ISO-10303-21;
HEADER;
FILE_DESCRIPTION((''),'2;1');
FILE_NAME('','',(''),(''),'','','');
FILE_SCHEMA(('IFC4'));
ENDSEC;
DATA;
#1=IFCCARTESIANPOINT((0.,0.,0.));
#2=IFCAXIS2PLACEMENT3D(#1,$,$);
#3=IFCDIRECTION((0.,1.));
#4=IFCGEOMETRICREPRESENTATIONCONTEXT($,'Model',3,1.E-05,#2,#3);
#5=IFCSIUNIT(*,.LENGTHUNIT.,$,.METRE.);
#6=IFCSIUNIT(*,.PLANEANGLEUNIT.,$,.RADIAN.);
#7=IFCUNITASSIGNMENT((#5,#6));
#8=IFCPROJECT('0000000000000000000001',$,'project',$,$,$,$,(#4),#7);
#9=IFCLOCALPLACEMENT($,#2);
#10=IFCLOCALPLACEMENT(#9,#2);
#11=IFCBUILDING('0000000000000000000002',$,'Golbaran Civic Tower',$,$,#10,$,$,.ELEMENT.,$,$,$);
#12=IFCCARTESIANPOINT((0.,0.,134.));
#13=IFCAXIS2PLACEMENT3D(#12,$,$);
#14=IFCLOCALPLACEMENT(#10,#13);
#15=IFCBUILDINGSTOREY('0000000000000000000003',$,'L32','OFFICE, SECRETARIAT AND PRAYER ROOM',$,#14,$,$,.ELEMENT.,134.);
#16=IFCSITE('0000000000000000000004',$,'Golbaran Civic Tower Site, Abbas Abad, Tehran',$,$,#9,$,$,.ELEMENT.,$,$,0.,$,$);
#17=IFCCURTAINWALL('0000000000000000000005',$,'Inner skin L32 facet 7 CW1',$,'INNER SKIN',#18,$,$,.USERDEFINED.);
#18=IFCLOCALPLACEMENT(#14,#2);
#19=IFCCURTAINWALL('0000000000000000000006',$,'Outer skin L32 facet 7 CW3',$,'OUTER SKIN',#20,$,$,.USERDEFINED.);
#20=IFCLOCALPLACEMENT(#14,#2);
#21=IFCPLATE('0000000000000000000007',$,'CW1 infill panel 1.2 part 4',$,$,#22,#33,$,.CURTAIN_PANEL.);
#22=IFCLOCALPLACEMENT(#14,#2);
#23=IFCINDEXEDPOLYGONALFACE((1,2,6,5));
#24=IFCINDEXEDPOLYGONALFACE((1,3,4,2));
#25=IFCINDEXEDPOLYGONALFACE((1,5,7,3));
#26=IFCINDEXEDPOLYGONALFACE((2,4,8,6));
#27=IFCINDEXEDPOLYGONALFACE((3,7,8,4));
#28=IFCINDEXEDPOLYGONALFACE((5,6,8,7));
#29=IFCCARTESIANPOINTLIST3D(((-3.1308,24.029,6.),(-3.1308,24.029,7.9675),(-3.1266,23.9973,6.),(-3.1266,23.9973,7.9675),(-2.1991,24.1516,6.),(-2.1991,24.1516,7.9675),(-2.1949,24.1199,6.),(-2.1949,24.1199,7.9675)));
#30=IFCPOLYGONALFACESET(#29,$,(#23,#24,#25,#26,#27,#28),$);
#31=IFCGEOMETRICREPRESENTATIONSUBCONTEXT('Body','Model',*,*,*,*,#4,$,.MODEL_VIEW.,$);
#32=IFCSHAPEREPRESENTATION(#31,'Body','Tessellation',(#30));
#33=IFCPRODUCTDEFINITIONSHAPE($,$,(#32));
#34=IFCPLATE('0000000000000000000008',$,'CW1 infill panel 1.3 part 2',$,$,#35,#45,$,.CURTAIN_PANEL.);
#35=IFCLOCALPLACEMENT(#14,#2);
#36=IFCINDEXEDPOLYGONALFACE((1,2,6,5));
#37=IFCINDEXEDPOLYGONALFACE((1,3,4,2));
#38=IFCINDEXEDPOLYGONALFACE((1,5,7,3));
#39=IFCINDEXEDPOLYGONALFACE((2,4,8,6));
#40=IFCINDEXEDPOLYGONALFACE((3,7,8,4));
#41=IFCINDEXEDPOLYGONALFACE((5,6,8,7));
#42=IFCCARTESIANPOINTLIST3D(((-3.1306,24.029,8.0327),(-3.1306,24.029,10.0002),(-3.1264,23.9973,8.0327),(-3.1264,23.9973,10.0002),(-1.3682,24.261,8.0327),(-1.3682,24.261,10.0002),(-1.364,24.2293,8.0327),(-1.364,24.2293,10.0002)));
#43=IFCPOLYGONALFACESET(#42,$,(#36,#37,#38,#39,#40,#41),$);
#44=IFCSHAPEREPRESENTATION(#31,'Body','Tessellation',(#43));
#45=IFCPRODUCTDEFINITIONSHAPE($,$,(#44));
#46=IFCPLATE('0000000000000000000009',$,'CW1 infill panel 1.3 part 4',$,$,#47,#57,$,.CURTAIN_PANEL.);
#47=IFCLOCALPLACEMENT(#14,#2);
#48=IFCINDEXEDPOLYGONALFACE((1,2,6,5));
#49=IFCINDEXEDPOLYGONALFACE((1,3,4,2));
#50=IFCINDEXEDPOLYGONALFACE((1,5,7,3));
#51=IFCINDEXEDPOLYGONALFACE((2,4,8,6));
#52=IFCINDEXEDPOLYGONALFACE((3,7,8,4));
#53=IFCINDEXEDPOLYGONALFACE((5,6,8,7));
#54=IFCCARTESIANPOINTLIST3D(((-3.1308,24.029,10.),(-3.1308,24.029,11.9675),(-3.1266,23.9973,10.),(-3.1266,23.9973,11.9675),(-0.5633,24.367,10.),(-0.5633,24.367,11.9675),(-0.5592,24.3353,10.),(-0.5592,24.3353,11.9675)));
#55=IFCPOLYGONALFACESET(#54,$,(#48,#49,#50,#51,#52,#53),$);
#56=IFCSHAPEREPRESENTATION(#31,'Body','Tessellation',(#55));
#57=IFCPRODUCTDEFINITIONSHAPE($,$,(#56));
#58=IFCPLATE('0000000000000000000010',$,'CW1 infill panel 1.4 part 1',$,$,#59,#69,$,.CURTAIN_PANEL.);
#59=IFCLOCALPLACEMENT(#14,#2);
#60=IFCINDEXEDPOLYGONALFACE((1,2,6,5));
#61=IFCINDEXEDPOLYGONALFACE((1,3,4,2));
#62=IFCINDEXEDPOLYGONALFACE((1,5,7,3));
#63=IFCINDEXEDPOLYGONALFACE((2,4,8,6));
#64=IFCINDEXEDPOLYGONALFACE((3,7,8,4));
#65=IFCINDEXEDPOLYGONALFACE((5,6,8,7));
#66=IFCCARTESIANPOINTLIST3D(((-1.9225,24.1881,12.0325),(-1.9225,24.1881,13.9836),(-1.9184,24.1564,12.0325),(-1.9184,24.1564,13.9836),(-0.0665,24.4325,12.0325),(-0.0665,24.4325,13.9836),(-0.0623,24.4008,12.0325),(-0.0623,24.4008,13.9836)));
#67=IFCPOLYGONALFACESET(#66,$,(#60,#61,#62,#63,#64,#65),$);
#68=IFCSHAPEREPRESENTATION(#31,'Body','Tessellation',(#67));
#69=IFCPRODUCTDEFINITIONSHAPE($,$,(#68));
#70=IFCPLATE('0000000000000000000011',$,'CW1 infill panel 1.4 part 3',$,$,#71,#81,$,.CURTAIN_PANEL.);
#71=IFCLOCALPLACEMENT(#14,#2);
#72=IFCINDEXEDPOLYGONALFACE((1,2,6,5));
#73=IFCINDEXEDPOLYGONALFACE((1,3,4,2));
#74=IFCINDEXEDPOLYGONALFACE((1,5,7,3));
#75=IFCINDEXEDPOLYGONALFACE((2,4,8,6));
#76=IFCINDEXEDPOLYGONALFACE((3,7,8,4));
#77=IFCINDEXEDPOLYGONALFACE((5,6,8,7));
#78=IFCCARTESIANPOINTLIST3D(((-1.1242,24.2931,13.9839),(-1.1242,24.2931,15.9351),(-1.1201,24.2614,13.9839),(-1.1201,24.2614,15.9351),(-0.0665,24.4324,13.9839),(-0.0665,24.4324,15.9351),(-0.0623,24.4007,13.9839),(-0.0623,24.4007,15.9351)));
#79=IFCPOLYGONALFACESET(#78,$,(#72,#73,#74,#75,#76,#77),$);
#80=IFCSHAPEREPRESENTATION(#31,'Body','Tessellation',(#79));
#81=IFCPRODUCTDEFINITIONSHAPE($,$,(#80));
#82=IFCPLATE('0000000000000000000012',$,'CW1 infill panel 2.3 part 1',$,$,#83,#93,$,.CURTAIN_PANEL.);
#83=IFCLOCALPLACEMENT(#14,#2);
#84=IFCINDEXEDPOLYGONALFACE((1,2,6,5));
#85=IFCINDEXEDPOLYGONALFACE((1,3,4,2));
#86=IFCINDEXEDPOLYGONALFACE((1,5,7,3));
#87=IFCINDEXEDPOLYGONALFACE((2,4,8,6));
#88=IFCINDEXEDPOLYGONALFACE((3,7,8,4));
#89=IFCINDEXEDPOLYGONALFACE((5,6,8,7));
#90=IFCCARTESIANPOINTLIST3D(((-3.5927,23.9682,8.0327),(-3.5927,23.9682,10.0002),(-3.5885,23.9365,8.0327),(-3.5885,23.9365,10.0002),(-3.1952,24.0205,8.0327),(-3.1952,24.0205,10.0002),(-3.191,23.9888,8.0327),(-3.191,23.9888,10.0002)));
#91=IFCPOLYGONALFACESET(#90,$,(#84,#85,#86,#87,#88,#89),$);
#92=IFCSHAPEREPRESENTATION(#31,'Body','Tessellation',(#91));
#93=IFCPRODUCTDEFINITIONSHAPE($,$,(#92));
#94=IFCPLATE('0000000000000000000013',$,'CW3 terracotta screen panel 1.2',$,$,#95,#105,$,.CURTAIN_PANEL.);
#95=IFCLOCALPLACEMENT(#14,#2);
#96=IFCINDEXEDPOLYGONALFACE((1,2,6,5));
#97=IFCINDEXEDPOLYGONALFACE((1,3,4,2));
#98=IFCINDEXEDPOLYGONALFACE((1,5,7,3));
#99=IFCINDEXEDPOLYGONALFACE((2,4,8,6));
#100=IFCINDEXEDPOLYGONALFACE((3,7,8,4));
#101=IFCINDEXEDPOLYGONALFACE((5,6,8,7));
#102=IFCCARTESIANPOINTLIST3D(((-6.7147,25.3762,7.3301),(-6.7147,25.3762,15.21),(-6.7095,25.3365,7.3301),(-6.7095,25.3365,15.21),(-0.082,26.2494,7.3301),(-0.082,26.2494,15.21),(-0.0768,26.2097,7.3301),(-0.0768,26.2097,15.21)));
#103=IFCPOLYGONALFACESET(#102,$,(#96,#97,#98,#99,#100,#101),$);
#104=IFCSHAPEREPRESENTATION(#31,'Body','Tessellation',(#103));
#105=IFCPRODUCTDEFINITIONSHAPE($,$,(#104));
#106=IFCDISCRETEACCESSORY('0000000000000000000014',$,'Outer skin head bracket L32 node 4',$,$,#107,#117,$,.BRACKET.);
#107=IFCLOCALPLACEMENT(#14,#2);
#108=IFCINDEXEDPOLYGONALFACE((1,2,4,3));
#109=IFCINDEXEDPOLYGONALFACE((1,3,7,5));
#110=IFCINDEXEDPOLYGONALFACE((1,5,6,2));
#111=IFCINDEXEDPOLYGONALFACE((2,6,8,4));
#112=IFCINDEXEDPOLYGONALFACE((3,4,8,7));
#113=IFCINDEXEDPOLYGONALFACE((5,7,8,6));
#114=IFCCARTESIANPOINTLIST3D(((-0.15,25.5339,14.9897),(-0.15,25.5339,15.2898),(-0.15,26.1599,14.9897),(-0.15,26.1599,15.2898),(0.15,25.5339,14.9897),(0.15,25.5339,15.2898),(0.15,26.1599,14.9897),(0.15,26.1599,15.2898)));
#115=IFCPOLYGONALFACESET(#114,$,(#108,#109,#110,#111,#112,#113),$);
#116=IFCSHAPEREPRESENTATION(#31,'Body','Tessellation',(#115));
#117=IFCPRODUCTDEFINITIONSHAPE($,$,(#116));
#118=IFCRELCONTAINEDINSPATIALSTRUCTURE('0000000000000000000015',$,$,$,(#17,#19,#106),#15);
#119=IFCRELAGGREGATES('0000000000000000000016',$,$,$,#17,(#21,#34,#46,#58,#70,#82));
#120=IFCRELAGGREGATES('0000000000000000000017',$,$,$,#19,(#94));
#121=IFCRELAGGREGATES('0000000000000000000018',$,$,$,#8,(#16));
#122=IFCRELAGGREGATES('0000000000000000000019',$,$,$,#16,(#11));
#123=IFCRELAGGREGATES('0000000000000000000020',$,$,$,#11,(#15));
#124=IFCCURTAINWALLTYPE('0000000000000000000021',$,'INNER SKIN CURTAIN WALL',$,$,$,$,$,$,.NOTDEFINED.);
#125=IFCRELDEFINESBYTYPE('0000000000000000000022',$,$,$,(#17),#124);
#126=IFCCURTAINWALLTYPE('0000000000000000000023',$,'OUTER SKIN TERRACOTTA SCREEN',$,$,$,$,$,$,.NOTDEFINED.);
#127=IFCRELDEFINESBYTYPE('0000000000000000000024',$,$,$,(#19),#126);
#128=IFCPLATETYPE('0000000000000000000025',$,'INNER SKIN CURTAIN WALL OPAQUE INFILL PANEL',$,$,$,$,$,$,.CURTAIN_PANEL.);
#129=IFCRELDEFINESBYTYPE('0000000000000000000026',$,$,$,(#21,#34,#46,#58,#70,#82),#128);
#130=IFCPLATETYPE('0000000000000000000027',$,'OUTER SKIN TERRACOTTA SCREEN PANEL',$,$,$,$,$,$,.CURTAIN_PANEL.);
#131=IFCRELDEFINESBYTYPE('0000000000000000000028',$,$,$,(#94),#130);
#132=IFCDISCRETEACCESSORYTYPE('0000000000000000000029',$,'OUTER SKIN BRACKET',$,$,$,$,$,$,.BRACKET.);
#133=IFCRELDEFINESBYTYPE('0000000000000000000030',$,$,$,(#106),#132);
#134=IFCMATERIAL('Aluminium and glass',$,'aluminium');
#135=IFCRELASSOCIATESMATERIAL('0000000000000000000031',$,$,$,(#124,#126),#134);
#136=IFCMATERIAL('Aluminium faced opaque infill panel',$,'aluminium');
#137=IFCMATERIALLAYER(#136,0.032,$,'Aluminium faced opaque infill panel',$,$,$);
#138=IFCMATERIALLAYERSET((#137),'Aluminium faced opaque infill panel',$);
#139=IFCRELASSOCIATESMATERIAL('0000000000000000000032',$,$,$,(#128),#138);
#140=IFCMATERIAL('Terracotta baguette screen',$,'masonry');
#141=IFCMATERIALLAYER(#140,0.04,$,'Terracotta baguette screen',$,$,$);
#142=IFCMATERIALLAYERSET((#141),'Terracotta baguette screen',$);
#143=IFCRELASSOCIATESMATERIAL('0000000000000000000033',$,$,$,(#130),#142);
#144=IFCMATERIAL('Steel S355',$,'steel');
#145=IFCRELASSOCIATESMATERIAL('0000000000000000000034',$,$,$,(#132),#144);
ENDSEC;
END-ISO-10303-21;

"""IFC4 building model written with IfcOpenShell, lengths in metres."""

from ifc_helpers import new_model, si_unit, direction, frame, origin, origin_2d, place, context, subcontext, project, spatial, rectangle, extrude, material, layer, layer_set, type_object, element, aggregate, save


model = new_model("IFC4")

# Units and contexts
model_context = context("Model", 3, precision=1e-05, world=origin(), true_north=direction((0.0, 1.0)))
body_context = subcontext(model_context, "Body", "Model", "MODEL_VIEW")
ifc_project = project(units=[si_unit("LENGTHUNIT", "METRE"), si_unit("PLANEANGLEUNIT", "RADIAN")], contexts=[model_context])

# Site, building, storey
site_placement = place(None, origin())
site = spatial("IfcSite", under=ifc_project, at=site_placement, Name="Golbaran Civic Tower Site, Abbas Abad, Tehran", CompositionType="ELEMENT", RefElevation=0.0)
building_placement = place(site_placement, origin())
building = spatial("IfcBuilding", under=site, at=building_placement, Name="Golbaran Civic Tower", CompositionType="ELEMENT")
storey_placement = place(building_placement, frame((0.0, 0.0, 134.0)))
storey = spatial("IfcBuildingStorey", under=building, at=storey_placement, Name="L32", Description="OFFICE, SECRETARIAT AND PRAYER ROOM", CompositionType="ELEMENT", Elevation=134.0)

# Curtain walls
ifc_material_1 = material(Name="Aluminium and glass", Category="aluminium")
curtain_wall_type_1 = type_object("IfcCurtainWallType", Name="INNER SKIN CURTAIN WALL", PredefinedType="NOTDEFINED", material=ifc_material_1)
curtain_wall_1_placement = place(storey_placement, origin())
curtain_wall_1 = element("IfcCurtainWall", 1, at=curtain_wall_1_placement, inside=storey, type_object=curtain_wall_type_1, Name="Inner skin L32 facet 7 CW1", ObjectType="INNER SKIN", PredefinedType="USERDEFINED")
curtain_wall_type_2 = type_object("IfcCurtainWallType", Name="OUTER SKIN TERRACOTTA SCREEN", PredefinedType="NOTDEFINED", material=ifc_material_1)
curtain_wall_2_placement = place(storey_placement, origin())
curtain_wall_2 = element("IfcCurtainWall", 2, at=curtain_wall_2_placement, inside=storey, type_object=curtain_wall_type_2, Name="Outer skin L32 facet 7 CW3", ObjectType="OUTER SKIN", PredefinedType="USERDEFINED")

# Plates
ifc_material_2 = material(Name="Aluminium faced opaque infill panel", Category="aluminium")
ifc_layer_1 = layer(ifc_material_2, 0.032, Name="Aluminium faced opaque infill panel")
ifc_layer_set_1 = layer_set([ifc_layer_1], Name="Aluminium faced opaque infill panel")
plate_type_1 = type_object("IfcPlateType", Name="INNER SKIN CURTAIN WALL OPAQUE INFILL PANEL", PredefinedType="CURTAIN_PANEL", material=ifc_layer_set_1)
plate_1_placement = place(storey_placement, frame((-2.6628, 24.0745, 6.0), z_axis=(0.0, 0.0, 1.0), x_axis=(-0.991445, -0.130526, 0.0)))
plate_1 = element("IfcPlate", 3, at=plate_1_placement, type_object=plate_type_1, Name="CW1 infill panel 1.2 part 4", PredefinedType="CURTAIN_PANEL", context=body_context, shape_type="SweptSolid", body=[
    extrude(rectangle(XDim=0.9397, YDim=0.032, at=origin_2d()), origin(), (0.0, 0.0, 1.0), 1.9675),
])
plate_2_placement = place(storey_placement, frame((-2.2473, 24.1292, 8.0327), z_axis=(0.0, 0.0, 1.0), x_axis=(-0.991445, -0.130526, 0.0)))
plate_2 = element("IfcPlate", 4, at=plate_2_placement, type_object=plate_type_1, Name="CW1 infill panel 1.3 part 2", PredefinedType="CURTAIN_PANEL", context=body_context, shape_type="SweptSolid", body=[
    extrude(rectangle(XDim=1.7776, YDim=0.032, at=origin_2d()), origin(), (0.0, 0.0, 1.0), 1.9675),
])
plate_3_placement = place(storey_placement, frame((-1.845, 24.1821, 10.0), z_axis=(0.0, 0.0, 1.0), x_axis=(-0.991445, -0.130526, 0.0)))
plate_3 = element("IfcPlate", 5, at=plate_3_placement, type_object=plate_type_1, Name="CW1 infill panel 1.3 part 4", PredefinedType="CURTAIN_PANEL", context=body_context, shape_type="SweptSolid", body=[
    extrude(rectangle(XDim=2.5896, YDim=0.032, at=origin_2d()), origin(), (0.0, 0.0, 1.0), 1.9675),
])
plate_4_placement = place(storey_placement, frame((-0.9924, 24.2944, 12.0325), z_axis=(0.0, 0.0, 1.0), x_axis=(-0.991445, -0.130526, 0.0)))
plate_4 = element("IfcPlate", 6, at=plate_4_placement, type_object=plate_type_1, Name="CW1 infill panel 1.4 part 1", PredefinedType="CURTAIN_PANEL", context=body_context, shape_type="SweptSolid", body=[
    extrude(rectangle(XDim=1.8721, YDim=0.032, at=origin_2d()), origin(), (0.0, 0.0, 1.0), 1.9512),
])
plate_5_placement = place(storey_placement, frame((-0.5933, 24.3469, 13.9839), z_axis=(0.0, 0.0, 1.0), x_axis=(-0.991445, -0.130526, 0.0)))
plate_5 = element("IfcPlate", 7, at=plate_5_placement, type_object=plate_type_1, Name="CW1 infill panel 1.4 part 3", PredefinedType="CURTAIN_PANEL", context=body_context, shape_type="SweptSolid", body=[
    extrude(rectangle(XDim=1.0669, YDim=0.032, at=origin_2d()), origin(), (0.0, 0.0, 1.0), 1.9512),
])
plate_6_placement = place(storey_placement, frame((-3.3918, 23.9785, 8.0327), z_axis=(0.0, 0.0, 1.0), x_axis=(-0.991445, -0.130526, 0.0)))
plate_6 = element("IfcPlate", 8, at=plate_6_placement, type_object=plate_type_1, Name="CW1 infill panel 2.3 part 1", PredefinedType="CURTAIN_PANEL", context=body_context, shape_type="SweptSolid", body=[
    extrude(rectangle(XDim=0.4009, YDim=0.032, at=origin_2d()), origin(), (0.0, 0.0, 1.0), 1.9675),
])
aggregate(curtain_wall_1, [plate_1, plate_2, plate_3, plate_4, plate_5, plate_6])
ifc_material_3 = material(Name="Terracotta baguette screen", Category="masonry")
ifc_layer_2 = layer(ifc_material_3, 0.04, Name="Terracotta baguette screen")
ifc_layer_set_2 = layer_set([ifc_layer_2], Name="Terracotta baguette screen")
plate_type_2 = type_object("IfcPlateType", Name="OUTER SKIN TERRACOTTA SCREEN PANEL", PredefinedType="CURTAIN_PANEL", material=ifc_layer_set_2)
plate_7_placement = place(storey_placement, frame((-3.3958, 25.793, 7.3301), z_axis=(0.0, 0.0, 1.0), x_axis=(-0.991445, -0.130526, 0.0)))
plate_7 = element("IfcPlate", 9, at=plate_7_placement, type_object=plate_type_2, Name="CW3 terracotta screen panel 1.2", PredefinedType="CURTAIN_PANEL", context=body_context, shape_type="SweptSolid", body=[
    extrude(rectangle(XDim=6.6899, YDim=0.04, at=origin_2d()), origin(), (0.0, 0.0, 1.0), 7.8799),
])
aggregate(curtain_wall_2, [plate_7])

# Discrete accessory
ifc_material_4 = material(Name="Steel S355", Category="steel")
discrete_accessory_type = type_object("IfcDiscreteAccessoryType", Name="OUTER SKIN BRACKET", PredefinedType="BRACKET", material=ifc_material_4)
discrete_accessory_placement = place(storey_placement, frame((0.0, 25.8469, 14.9897), z_axis=(0.0, 0.0, 1.0), x_axis=(0.0, 1.0, 0.0)))
element("IfcDiscreteAccessory", 10, at=discrete_accessory_placement, inside=storey, type_object=discrete_accessory_type, Name="Outer skin head bracket L32 node 4", PredefinedType="BRACKET", context=body_context, shape_type="SweptSolid", body=[
    extrude(rectangle(XDim=0.626, YDim=0.3, at=origin_2d()), origin(), (0.0, 0.0, 1.0), 0.3),
])

save(model, "model.ifc")
